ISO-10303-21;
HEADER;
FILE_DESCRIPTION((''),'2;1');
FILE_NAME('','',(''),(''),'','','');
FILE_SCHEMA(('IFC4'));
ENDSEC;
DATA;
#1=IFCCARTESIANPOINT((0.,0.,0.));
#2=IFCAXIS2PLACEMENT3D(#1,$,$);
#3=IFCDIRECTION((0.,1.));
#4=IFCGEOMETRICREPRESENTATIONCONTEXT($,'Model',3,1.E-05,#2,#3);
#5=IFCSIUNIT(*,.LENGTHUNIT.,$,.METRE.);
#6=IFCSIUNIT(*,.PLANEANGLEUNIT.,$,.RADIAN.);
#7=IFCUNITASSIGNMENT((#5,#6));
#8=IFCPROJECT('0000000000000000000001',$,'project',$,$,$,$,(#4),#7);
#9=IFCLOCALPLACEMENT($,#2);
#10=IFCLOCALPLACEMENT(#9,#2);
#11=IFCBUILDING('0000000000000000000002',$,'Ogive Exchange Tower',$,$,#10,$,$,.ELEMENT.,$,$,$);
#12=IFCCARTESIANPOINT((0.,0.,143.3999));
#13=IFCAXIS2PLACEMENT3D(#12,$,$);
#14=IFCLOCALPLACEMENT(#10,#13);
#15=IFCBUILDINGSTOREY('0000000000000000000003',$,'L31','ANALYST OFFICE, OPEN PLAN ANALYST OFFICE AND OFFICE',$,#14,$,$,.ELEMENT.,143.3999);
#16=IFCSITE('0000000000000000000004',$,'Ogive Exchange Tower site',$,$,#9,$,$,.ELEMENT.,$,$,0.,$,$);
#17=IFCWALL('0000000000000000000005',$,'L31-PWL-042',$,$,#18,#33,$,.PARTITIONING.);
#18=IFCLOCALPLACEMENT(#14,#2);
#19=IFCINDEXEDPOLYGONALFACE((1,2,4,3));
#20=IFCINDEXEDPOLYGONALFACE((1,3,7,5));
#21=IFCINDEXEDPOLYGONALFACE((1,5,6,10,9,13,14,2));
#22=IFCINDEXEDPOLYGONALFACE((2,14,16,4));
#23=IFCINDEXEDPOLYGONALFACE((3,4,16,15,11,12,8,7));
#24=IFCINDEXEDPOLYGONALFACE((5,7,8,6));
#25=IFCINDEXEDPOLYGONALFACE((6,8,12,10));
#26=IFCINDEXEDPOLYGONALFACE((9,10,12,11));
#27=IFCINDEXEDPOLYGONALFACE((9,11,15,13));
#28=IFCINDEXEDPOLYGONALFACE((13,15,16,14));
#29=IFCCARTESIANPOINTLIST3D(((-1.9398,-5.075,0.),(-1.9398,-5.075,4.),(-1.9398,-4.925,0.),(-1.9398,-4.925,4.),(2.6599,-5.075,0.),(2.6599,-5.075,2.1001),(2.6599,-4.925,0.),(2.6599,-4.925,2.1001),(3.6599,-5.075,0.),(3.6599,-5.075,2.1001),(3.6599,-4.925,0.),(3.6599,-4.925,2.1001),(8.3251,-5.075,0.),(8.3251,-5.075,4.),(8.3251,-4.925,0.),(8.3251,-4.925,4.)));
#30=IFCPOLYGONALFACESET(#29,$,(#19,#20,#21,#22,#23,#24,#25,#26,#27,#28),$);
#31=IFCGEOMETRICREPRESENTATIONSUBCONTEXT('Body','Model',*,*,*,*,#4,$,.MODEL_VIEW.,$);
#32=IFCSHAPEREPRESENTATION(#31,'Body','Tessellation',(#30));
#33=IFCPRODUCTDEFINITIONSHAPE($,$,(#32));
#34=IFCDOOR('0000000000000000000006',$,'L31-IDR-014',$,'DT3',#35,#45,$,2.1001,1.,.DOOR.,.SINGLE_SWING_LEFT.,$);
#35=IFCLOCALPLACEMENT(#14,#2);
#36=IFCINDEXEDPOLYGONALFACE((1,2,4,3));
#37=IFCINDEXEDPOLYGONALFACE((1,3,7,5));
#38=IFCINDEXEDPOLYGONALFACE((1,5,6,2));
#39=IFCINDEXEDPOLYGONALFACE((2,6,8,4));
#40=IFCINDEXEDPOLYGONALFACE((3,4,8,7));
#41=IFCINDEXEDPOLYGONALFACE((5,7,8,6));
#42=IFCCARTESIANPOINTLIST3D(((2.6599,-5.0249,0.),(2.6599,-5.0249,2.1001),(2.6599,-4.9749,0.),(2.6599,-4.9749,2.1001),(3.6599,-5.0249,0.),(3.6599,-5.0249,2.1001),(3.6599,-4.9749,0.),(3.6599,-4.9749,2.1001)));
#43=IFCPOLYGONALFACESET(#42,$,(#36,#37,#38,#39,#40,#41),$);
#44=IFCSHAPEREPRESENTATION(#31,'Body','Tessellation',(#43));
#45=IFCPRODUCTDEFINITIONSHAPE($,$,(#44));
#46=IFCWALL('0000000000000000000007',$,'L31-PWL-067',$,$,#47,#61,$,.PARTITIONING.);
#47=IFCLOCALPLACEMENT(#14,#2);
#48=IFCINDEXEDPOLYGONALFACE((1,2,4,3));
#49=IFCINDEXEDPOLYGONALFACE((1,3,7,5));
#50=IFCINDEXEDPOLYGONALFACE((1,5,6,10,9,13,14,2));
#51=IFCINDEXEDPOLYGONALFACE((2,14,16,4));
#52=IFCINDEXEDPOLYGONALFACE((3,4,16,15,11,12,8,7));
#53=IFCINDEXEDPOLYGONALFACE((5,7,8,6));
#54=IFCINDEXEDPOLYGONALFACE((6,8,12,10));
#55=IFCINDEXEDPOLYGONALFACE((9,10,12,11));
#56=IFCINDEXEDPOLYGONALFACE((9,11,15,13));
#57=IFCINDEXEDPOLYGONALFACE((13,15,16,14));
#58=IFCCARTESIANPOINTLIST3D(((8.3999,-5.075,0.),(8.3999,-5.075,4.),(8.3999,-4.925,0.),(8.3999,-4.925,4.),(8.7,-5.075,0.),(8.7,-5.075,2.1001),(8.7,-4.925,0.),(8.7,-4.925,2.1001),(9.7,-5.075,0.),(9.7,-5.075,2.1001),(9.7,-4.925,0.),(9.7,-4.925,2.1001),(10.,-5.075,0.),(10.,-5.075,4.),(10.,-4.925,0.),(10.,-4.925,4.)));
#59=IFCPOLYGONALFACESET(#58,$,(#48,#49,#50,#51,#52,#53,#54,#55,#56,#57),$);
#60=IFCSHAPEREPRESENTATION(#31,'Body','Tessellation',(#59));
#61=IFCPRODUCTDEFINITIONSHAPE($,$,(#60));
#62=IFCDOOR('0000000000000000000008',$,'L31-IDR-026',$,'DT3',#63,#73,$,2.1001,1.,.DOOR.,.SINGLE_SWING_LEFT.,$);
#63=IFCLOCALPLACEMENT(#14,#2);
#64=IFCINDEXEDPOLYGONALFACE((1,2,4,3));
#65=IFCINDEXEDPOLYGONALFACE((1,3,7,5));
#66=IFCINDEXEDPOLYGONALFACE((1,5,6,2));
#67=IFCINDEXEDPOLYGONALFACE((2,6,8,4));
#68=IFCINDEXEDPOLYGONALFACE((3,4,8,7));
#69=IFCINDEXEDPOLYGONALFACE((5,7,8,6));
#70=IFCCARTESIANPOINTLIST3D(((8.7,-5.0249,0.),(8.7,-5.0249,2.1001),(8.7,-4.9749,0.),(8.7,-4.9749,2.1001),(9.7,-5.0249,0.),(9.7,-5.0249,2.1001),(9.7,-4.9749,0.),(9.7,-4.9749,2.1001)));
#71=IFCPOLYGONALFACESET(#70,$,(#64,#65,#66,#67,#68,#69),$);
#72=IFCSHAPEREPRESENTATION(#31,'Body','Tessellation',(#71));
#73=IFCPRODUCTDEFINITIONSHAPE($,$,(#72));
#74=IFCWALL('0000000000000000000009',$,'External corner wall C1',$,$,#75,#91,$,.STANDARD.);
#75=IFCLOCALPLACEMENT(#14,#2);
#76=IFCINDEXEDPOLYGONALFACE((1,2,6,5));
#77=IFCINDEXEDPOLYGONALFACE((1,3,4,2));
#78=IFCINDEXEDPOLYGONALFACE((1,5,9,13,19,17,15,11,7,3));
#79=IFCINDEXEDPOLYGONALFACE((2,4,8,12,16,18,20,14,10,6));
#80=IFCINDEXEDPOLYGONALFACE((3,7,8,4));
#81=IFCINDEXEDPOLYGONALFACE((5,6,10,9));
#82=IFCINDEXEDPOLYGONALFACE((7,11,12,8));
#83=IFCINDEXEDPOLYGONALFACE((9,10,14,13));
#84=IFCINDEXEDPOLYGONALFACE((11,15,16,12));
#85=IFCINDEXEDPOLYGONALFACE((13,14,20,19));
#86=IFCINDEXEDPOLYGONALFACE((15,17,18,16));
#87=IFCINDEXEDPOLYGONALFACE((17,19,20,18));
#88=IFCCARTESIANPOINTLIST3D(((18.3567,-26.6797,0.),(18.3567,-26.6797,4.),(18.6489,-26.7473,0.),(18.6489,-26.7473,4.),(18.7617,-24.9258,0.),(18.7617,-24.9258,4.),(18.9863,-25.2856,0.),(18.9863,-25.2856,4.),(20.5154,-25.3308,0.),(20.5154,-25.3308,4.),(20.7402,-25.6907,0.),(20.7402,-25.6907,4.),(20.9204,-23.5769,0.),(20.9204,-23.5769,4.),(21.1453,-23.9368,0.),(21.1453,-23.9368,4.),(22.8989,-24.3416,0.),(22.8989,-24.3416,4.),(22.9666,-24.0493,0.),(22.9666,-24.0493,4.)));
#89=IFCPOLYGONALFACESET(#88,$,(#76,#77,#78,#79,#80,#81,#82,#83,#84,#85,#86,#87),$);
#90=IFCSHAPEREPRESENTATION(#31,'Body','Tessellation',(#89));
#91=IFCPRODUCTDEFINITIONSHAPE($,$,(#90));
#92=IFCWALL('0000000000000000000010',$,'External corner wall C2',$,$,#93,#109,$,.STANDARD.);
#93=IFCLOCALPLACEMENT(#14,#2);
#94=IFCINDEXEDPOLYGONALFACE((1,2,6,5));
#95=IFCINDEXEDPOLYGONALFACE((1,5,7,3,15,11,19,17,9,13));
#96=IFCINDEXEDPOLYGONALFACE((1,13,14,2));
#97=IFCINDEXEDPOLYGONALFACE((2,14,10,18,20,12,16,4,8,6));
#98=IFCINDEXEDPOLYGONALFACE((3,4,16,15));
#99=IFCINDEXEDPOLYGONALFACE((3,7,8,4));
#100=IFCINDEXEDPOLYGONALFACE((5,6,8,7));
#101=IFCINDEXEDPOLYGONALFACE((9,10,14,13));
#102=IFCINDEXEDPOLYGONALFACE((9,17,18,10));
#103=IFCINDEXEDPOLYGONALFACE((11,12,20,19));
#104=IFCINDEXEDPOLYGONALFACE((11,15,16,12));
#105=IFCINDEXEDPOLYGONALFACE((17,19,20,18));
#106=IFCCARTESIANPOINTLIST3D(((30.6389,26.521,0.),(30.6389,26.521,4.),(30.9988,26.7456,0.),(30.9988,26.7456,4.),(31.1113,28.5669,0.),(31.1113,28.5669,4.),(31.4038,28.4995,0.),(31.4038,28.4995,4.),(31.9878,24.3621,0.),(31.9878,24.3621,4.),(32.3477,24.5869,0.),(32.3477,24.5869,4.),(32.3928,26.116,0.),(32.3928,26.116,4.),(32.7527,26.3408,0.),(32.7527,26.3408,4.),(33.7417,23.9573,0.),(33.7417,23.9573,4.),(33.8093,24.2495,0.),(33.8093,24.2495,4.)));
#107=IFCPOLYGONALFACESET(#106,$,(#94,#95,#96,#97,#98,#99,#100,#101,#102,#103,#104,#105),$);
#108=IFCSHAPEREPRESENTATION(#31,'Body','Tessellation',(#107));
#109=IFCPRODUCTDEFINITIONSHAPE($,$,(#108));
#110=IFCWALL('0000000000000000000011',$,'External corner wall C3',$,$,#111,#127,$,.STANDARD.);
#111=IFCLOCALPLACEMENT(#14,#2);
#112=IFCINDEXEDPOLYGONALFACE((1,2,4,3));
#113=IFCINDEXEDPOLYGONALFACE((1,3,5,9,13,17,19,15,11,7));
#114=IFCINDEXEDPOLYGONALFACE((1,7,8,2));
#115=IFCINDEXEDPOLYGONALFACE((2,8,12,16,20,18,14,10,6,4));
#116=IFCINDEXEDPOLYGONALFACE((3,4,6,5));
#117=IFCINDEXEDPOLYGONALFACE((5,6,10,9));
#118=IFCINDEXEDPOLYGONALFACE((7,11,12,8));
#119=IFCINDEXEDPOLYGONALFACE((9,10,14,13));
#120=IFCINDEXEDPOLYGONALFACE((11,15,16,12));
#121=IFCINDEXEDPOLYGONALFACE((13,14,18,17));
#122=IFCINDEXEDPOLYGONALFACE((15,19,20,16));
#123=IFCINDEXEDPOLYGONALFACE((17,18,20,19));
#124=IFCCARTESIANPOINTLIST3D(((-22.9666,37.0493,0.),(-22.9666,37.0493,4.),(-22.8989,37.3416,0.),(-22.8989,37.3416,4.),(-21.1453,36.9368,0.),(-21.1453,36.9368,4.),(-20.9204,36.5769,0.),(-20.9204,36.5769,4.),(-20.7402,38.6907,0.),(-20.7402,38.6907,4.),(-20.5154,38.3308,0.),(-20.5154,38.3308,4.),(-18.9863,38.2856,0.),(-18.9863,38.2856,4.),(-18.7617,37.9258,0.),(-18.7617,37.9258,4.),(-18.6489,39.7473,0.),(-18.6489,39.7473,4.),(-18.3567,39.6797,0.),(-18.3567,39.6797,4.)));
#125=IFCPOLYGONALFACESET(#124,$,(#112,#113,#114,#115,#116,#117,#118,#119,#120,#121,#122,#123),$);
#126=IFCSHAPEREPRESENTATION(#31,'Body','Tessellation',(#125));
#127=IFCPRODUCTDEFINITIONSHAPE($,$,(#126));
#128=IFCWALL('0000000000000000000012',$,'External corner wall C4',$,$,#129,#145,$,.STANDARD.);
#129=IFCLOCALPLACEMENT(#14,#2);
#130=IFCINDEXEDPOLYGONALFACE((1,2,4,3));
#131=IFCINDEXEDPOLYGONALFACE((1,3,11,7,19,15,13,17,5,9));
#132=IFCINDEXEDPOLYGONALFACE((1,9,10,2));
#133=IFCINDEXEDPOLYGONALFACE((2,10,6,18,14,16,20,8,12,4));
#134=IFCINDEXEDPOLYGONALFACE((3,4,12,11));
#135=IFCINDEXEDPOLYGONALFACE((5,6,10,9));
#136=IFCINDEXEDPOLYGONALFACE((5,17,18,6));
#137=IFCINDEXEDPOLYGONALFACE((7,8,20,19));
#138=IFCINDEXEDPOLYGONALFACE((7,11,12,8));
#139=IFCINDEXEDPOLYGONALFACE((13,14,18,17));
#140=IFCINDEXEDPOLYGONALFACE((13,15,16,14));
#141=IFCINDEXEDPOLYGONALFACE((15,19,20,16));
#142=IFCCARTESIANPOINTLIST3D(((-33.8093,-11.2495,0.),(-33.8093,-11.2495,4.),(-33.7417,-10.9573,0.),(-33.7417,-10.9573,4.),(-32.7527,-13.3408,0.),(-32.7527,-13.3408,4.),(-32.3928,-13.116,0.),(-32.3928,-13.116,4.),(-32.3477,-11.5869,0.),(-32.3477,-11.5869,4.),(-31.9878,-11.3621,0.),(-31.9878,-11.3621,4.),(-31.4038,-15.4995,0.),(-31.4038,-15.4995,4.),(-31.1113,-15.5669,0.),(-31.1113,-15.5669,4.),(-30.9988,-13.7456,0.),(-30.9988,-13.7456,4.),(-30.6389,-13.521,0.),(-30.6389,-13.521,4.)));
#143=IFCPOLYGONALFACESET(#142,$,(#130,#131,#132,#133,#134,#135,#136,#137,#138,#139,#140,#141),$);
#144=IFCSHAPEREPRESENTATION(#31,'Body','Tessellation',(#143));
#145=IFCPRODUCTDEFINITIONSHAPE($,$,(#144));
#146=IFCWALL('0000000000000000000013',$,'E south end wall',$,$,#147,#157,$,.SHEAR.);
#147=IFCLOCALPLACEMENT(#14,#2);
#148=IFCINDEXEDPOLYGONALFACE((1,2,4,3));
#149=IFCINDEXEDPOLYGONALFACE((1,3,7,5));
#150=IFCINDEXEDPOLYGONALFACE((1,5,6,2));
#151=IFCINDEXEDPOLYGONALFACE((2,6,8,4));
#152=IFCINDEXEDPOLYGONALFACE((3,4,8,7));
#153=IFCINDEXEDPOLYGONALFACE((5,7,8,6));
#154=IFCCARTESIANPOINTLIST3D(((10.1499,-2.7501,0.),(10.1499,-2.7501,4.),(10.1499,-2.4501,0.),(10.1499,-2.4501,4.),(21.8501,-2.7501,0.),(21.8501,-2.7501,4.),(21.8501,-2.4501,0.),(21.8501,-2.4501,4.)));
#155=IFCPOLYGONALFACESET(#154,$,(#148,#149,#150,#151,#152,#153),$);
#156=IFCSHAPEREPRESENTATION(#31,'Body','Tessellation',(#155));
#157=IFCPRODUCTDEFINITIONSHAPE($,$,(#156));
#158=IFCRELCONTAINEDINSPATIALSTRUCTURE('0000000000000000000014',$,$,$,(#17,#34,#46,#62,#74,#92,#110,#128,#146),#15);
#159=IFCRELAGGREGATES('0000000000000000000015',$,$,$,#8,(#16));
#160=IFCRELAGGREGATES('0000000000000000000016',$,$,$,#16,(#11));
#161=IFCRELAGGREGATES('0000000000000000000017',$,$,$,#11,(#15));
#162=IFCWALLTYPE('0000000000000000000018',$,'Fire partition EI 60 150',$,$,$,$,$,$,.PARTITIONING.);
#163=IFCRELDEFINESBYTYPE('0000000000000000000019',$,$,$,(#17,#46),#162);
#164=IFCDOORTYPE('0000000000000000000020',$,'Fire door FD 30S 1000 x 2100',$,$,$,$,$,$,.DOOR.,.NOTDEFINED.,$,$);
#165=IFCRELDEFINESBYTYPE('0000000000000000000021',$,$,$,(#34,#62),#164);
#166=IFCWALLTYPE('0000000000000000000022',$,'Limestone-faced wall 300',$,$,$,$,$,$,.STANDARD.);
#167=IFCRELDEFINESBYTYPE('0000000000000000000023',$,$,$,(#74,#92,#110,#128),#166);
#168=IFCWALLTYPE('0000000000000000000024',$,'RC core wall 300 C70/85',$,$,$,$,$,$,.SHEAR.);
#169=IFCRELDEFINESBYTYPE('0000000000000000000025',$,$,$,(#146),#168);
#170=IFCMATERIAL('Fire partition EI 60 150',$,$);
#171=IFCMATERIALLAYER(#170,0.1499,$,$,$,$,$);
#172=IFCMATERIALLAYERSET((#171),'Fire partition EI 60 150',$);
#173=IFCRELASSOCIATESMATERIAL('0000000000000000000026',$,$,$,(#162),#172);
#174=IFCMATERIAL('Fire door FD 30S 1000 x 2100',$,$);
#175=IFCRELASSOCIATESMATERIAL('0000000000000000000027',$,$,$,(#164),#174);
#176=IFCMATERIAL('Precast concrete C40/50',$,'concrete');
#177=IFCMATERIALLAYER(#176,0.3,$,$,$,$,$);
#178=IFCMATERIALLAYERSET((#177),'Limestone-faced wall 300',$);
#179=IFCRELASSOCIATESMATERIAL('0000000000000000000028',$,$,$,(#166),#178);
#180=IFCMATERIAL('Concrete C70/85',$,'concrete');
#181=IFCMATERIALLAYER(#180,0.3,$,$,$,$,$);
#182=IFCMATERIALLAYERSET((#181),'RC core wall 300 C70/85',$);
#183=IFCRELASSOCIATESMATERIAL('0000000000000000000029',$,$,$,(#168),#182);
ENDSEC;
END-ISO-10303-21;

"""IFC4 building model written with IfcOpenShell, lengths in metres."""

from ifc_helpers import new_model, si_unit, direction, frame, frame_2d, origin, place, context, subcontext, project, spatial, polyline, rectangle, outline, extrude, material, layer, layer_set, type_object, element, fill, save


model = new_model("IFC4")

# Units and contexts
model_context = context("Model", 3, precision=1e-05, world=origin(), true_north=direction((0.0, 1.0)))
body_context = subcontext(model_context, "Body", "Model", "MODEL_VIEW")
ifc_project = project(units=[si_unit("LENGTHUNIT", "METRE"), si_unit("PLANEANGLEUNIT", "RADIAN")], contexts=[model_context])

# Site, building, storey
site_placement = place(None, origin())
site = spatial("IfcSite", under=ifc_project, at=site_placement, Name="Ogive Exchange Tower site", CompositionType="ELEMENT", RefElevation=0.0)
building_placement = place(site_placement, origin())
building = spatial("IfcBuilding", under=site, at=building_placement, Name="Ogive Exchange Tower", CompositionType="ELEMENT")
storey_placement = place(building_placement, frame((0.0, 0.0, 143.3999)))
storey = spatial("IfcBuildingStorey", under=building, at=storey_placement, Name="L31", Description="ANALYST OFFICE, OPEN PLAN ANALYST OFFICE AND OFFICE", CompositionType="ELEMENT", Elevation=143.3999)

# Shared definitions
ifc_material_1 = material(Name="Concrete C70/85", Category="concrete")

# Walls, openings, doors
ifc_material_2 = material(Name="Fire partition EI 60 150")
ifc_layer_1 = layer(ifc_material_2, 0.1499)
ifc_layer_set_1 = layer_set([ifc_layer_1], Name="Fire partition EI 60 150")
wall_type_1 = type_object("IfcWallType", Name="Fire partition EI 60 150", PredefinedType="PARTITIONING", material=ifc_layer_set_1)
wall_1_placement = place(storey_placement, frame((8.325, -5.0, 0.0), z_axis=(0.0, 0.0, 1.0), x_axis=(-1.0, 0.0, 0.0)))
wall_1 = element("IfcWall", 1, at=wall_1_placement, inside=storey, type_object=wall_type_1, Name="L31-PWL-042", PredefinedType="PARTITIONING", context=body_context, shape_type="SweptSolid", body=[
    extrude(rectangle(XDim=10.2649, YDim=0.1499, at=frame_2d((5.1323, 0.0))), origin(), (0.0, 0.0, 1.0), 4.0),
])
opening_1_placement = place(wall_1_placement, frame((4.665, 0.0, 0.0)))
opening_1 = element("IfcOpeningElement", 2, at=opening_1_placement, cuts=wall_1, PredefinedType="OPENING", context=body_context, shape_type="SweptSolid", body=[
    extrude(rectangle(XDim=1.0, YDim=2.1001, at=frame_2d((0.5, 1.05))), frame((0.0, 0.085, 0.0), z_axis=(0.0, -1.0, 0.0), x_axis=(1.0, 0.0, 0.0)), (0.0, 0.0, 1.0), 0.1699),
])
ifc_material_3 = material(Name="Fire door FD 30S 1000 x 2100")
door_type_1 = type_object("IfcDoorType", Name="Fire door FD 30S 1000 x 2100", OperationType="NOTDEFINED", PredefinedType="DOOR", material=ifc_material_3)
door_1_placement = place(opening_1_placement, origin())
door_1 = element("IfcDoor", 3, at=door_1_placement, inside=storey, type_object=door_type_1, Name="L31-IDR-014", ObjectType="DT3", OperationType="SINGLE_SWING_LEFT", OverallHeight=2.1001, OverallWidth=1.0, PredefinedType="DOOR", context=body_context, shape_type="SweptSolid", body=[
    extrude(rectangle(XDim=1.0, YDim=2.1001, at=frame_2d((0.5, 1.05))), frame((0.0, 0.0249, 0.0), z_axis=(0.0, -1.0, 0.0), x_axis=(1.0, 0.0, 0.0)), (0.0, 0.0, 1.0), 0.05),
])
fill(opening_1, door_1)
wall_2_placement = place(storey_placement, frame((10.0, -5.0, 0.0), z_axis=(0.0, 0.0, 1.0), x_axis=(-1.0, 0.0, 0.0)))
wall_2 = element("IfcWall", 4, at=wall_2_placement, inside=storey, type_object=wall_type_1, Name="L31-PWL-067", PredefinedType="PARTITIONING", context=body_context, shape_type="SweptSolid", body=[
    extrude(rectangle(XDim=1.6001, YDim=0.1499, at=frame_2d((0.8, 0.0))), origin(), (0.0, 0.0, 1.0), 4.0),
])
opening_2_placement = place(wall_2_placement, frame((0.3, 0.0, 0.0)))
opening_2 = element("IfcOpeningElement", 5, at=opening_2_placement, cuts=wall_2, PredefinedType="OPENING", context=body_context, shape_type="SweptSolid", body=[
    extrude(rectangle(XDim=1.0, YDim=2.1001, at=frame_2d((0.5, 1.05))), frame((0.0, 0.085, 0.0), z_axis=(0.0, -1.0, 0.0), x_axis=(1.0, 0.0, 0.0)), (0.0, 0.0, 1.0), 0.1699),
])
door_2_placement = place(opening_2_placement, origin())
door_2 = element("IfcDoor", 6, at=door_2_placement, inside=storey, type_object=door_type_1, Name="L31-IDR-026", ObjectType="DT3", OperationType="SINGLE_SWING_LEFT", OverallHeight=2.1001, OverallWidth=1.0, PredefinedType="DOOR", context=body_context, shape_type="SweptSolid", body=[
    extrude(rectangle(XDim=1.0, YDim=2.1001, at=frame_2d((0.5, 1.05))), frame((0.0, 0.0249, 0.0), z_axis=(0.0, -1.0, 0.0), x_axis=(1.0, 0.0, 0.0)), (0.0, 0.0, 1.0), 0.05),
])
fill(opening_2, door_2)

# Walls
ifc_material_4 = material(Name="Precast concrete C40/50", Category="concrete")
ifc_layer_2 = layer(ifc_material_4, 0.3)
ifc_layer_set_2 = layer_set([ifc_layer_2], Name="Limestone-faced wall 300")
wall_type_2 = type_object("IfcWallType", Name="Limestone-faced wall 300", PredefinedType="STANDARD", material=ifc_layer_set_2)
wall_3_placement = place(storey_placement, origin())
element("IfcWall", 7, at=wall_3_placement, inside=storey, type_object=wall_type_2, Name="External corner wall C1", PredefinedType="STANDARD", context=body_context, shape_type="SweptSolid", body=[
    extrude(outline(polyline([(20.5154, -25.3308), (20.9204, -23.5769), (22.9666, -24.0493), (22.8989, -24.3416), (21.1453, -23.9368), (20.7402, -25.6907), (18.9863, -25.2856), (18.6489, -26.7473), (18.3567, -26.6797), (18.7617, -24.9258), (20.5154, -25.3308)])), origin(), (0.0, 0.0, 1.0), 4.0),
])
wall_4_placement = place(storey_placement, origin())
element("IfcWall", 8, at=wall_4_placement, inside=storey, type_object=wall_type_2, Name="External corner wall C2", PredefinedType="STANDARD", context=body_context, shape_type="SweptSolid", body=[
    extrude(outline(polyline([(32.3928, 26.116), (30.6389, 26.521), (31.1113, 28.5669), (31.4038, 28.4995), (30.9988, 26.7456), (32.7527, 26.3408), (32.3477, 24.5869), (33.8093, 24.2495), (33.7417, 23.9573), (31.9878, 24.3621), (32.3928, 26.116)])), origin(), (0.0, 0.0, 1.0), 4.0),
])
wall_5_placement = place(storey_placement, origin())
element("IfcWall", 9, at=wall_5_placement, inside=storey, type_object=wall_type_2, Name="External corner wall C3", PredefinedType="STANDARD", context=body_context, shape_type="SweptSolid", body=[
    extrude(outline(polyline([(-22.9666, 37.0493), (-22.8989, 37.3416), (-21.1453, 36.9368), (-20.7402, 38.6907), (-18.9863, 38.2856), (-18.6489, 39.7473), (-18.3567, 39.6797), (-18.7617, 37.9258), (-20.5154, 38.3308), (-20.9204, 36.5769), (-22.9666, 37.0493)])), origin(), (0.0, 0.0, 1.0), 4.0),
])
wall_6_placement = place(storey_placement, origin())
element("IfcWall", 10, at=wall_6_placement, inside=storey, type_object=wall_type_2, Name="External corner wall C4", PredefinedType="STANDARD", context=body_context, shape_type="SweptSolid", body=[
    extrude(outline(polyline([(-32.3928, -13.116), (-30.6389, -13.521), (-31.1113, -15.5669), (-31.4038, -15.4995), (-30.9988, -13.7456), (-32.7527, -13.3408), (-32.3477, -11.5869), (-33.8093, -11.2495), (-33.7417, -10.9573), (-31.9878, -11.3621), (-32.3928, -13.116)])), origin(), (0.0, 0.0, 1.0), 4.0),
])
ifc_layer_3 = layer(ifc_material_1, 0.3)
ifc_layer_set_3 = layer_set([ifc_layer_3], Name="RC core wall 300 C70/85")
wall_type_3 = type_object("IfcWallType", Name="RC core wall 300 C70/85", PredefinedType="SHEAR", material=ifc_layer_set_3)
wall_7_placement = place(storey_placement, frame((10.1499, -2.6001, 0.0), z_axis=(0.0, 0.0, 1.0), x_axis=(1.0, 0.0, 0.0)))
element("IfcWall", 11, at=wall_7_placement, inside=storey, type_object=wall_type_3, Name="E south end wall", PredefinedType="SHEAR", context=body_context, shape_type="SweptSolid", body=[
    extrude(rectangle(XDim=11.7002, YDim=0.3, at=frame_2d((5.8501, 0.0))), origin(), (0.0, 0.0, 1.0), 4.0),
])

save(model, "model.ifc")
